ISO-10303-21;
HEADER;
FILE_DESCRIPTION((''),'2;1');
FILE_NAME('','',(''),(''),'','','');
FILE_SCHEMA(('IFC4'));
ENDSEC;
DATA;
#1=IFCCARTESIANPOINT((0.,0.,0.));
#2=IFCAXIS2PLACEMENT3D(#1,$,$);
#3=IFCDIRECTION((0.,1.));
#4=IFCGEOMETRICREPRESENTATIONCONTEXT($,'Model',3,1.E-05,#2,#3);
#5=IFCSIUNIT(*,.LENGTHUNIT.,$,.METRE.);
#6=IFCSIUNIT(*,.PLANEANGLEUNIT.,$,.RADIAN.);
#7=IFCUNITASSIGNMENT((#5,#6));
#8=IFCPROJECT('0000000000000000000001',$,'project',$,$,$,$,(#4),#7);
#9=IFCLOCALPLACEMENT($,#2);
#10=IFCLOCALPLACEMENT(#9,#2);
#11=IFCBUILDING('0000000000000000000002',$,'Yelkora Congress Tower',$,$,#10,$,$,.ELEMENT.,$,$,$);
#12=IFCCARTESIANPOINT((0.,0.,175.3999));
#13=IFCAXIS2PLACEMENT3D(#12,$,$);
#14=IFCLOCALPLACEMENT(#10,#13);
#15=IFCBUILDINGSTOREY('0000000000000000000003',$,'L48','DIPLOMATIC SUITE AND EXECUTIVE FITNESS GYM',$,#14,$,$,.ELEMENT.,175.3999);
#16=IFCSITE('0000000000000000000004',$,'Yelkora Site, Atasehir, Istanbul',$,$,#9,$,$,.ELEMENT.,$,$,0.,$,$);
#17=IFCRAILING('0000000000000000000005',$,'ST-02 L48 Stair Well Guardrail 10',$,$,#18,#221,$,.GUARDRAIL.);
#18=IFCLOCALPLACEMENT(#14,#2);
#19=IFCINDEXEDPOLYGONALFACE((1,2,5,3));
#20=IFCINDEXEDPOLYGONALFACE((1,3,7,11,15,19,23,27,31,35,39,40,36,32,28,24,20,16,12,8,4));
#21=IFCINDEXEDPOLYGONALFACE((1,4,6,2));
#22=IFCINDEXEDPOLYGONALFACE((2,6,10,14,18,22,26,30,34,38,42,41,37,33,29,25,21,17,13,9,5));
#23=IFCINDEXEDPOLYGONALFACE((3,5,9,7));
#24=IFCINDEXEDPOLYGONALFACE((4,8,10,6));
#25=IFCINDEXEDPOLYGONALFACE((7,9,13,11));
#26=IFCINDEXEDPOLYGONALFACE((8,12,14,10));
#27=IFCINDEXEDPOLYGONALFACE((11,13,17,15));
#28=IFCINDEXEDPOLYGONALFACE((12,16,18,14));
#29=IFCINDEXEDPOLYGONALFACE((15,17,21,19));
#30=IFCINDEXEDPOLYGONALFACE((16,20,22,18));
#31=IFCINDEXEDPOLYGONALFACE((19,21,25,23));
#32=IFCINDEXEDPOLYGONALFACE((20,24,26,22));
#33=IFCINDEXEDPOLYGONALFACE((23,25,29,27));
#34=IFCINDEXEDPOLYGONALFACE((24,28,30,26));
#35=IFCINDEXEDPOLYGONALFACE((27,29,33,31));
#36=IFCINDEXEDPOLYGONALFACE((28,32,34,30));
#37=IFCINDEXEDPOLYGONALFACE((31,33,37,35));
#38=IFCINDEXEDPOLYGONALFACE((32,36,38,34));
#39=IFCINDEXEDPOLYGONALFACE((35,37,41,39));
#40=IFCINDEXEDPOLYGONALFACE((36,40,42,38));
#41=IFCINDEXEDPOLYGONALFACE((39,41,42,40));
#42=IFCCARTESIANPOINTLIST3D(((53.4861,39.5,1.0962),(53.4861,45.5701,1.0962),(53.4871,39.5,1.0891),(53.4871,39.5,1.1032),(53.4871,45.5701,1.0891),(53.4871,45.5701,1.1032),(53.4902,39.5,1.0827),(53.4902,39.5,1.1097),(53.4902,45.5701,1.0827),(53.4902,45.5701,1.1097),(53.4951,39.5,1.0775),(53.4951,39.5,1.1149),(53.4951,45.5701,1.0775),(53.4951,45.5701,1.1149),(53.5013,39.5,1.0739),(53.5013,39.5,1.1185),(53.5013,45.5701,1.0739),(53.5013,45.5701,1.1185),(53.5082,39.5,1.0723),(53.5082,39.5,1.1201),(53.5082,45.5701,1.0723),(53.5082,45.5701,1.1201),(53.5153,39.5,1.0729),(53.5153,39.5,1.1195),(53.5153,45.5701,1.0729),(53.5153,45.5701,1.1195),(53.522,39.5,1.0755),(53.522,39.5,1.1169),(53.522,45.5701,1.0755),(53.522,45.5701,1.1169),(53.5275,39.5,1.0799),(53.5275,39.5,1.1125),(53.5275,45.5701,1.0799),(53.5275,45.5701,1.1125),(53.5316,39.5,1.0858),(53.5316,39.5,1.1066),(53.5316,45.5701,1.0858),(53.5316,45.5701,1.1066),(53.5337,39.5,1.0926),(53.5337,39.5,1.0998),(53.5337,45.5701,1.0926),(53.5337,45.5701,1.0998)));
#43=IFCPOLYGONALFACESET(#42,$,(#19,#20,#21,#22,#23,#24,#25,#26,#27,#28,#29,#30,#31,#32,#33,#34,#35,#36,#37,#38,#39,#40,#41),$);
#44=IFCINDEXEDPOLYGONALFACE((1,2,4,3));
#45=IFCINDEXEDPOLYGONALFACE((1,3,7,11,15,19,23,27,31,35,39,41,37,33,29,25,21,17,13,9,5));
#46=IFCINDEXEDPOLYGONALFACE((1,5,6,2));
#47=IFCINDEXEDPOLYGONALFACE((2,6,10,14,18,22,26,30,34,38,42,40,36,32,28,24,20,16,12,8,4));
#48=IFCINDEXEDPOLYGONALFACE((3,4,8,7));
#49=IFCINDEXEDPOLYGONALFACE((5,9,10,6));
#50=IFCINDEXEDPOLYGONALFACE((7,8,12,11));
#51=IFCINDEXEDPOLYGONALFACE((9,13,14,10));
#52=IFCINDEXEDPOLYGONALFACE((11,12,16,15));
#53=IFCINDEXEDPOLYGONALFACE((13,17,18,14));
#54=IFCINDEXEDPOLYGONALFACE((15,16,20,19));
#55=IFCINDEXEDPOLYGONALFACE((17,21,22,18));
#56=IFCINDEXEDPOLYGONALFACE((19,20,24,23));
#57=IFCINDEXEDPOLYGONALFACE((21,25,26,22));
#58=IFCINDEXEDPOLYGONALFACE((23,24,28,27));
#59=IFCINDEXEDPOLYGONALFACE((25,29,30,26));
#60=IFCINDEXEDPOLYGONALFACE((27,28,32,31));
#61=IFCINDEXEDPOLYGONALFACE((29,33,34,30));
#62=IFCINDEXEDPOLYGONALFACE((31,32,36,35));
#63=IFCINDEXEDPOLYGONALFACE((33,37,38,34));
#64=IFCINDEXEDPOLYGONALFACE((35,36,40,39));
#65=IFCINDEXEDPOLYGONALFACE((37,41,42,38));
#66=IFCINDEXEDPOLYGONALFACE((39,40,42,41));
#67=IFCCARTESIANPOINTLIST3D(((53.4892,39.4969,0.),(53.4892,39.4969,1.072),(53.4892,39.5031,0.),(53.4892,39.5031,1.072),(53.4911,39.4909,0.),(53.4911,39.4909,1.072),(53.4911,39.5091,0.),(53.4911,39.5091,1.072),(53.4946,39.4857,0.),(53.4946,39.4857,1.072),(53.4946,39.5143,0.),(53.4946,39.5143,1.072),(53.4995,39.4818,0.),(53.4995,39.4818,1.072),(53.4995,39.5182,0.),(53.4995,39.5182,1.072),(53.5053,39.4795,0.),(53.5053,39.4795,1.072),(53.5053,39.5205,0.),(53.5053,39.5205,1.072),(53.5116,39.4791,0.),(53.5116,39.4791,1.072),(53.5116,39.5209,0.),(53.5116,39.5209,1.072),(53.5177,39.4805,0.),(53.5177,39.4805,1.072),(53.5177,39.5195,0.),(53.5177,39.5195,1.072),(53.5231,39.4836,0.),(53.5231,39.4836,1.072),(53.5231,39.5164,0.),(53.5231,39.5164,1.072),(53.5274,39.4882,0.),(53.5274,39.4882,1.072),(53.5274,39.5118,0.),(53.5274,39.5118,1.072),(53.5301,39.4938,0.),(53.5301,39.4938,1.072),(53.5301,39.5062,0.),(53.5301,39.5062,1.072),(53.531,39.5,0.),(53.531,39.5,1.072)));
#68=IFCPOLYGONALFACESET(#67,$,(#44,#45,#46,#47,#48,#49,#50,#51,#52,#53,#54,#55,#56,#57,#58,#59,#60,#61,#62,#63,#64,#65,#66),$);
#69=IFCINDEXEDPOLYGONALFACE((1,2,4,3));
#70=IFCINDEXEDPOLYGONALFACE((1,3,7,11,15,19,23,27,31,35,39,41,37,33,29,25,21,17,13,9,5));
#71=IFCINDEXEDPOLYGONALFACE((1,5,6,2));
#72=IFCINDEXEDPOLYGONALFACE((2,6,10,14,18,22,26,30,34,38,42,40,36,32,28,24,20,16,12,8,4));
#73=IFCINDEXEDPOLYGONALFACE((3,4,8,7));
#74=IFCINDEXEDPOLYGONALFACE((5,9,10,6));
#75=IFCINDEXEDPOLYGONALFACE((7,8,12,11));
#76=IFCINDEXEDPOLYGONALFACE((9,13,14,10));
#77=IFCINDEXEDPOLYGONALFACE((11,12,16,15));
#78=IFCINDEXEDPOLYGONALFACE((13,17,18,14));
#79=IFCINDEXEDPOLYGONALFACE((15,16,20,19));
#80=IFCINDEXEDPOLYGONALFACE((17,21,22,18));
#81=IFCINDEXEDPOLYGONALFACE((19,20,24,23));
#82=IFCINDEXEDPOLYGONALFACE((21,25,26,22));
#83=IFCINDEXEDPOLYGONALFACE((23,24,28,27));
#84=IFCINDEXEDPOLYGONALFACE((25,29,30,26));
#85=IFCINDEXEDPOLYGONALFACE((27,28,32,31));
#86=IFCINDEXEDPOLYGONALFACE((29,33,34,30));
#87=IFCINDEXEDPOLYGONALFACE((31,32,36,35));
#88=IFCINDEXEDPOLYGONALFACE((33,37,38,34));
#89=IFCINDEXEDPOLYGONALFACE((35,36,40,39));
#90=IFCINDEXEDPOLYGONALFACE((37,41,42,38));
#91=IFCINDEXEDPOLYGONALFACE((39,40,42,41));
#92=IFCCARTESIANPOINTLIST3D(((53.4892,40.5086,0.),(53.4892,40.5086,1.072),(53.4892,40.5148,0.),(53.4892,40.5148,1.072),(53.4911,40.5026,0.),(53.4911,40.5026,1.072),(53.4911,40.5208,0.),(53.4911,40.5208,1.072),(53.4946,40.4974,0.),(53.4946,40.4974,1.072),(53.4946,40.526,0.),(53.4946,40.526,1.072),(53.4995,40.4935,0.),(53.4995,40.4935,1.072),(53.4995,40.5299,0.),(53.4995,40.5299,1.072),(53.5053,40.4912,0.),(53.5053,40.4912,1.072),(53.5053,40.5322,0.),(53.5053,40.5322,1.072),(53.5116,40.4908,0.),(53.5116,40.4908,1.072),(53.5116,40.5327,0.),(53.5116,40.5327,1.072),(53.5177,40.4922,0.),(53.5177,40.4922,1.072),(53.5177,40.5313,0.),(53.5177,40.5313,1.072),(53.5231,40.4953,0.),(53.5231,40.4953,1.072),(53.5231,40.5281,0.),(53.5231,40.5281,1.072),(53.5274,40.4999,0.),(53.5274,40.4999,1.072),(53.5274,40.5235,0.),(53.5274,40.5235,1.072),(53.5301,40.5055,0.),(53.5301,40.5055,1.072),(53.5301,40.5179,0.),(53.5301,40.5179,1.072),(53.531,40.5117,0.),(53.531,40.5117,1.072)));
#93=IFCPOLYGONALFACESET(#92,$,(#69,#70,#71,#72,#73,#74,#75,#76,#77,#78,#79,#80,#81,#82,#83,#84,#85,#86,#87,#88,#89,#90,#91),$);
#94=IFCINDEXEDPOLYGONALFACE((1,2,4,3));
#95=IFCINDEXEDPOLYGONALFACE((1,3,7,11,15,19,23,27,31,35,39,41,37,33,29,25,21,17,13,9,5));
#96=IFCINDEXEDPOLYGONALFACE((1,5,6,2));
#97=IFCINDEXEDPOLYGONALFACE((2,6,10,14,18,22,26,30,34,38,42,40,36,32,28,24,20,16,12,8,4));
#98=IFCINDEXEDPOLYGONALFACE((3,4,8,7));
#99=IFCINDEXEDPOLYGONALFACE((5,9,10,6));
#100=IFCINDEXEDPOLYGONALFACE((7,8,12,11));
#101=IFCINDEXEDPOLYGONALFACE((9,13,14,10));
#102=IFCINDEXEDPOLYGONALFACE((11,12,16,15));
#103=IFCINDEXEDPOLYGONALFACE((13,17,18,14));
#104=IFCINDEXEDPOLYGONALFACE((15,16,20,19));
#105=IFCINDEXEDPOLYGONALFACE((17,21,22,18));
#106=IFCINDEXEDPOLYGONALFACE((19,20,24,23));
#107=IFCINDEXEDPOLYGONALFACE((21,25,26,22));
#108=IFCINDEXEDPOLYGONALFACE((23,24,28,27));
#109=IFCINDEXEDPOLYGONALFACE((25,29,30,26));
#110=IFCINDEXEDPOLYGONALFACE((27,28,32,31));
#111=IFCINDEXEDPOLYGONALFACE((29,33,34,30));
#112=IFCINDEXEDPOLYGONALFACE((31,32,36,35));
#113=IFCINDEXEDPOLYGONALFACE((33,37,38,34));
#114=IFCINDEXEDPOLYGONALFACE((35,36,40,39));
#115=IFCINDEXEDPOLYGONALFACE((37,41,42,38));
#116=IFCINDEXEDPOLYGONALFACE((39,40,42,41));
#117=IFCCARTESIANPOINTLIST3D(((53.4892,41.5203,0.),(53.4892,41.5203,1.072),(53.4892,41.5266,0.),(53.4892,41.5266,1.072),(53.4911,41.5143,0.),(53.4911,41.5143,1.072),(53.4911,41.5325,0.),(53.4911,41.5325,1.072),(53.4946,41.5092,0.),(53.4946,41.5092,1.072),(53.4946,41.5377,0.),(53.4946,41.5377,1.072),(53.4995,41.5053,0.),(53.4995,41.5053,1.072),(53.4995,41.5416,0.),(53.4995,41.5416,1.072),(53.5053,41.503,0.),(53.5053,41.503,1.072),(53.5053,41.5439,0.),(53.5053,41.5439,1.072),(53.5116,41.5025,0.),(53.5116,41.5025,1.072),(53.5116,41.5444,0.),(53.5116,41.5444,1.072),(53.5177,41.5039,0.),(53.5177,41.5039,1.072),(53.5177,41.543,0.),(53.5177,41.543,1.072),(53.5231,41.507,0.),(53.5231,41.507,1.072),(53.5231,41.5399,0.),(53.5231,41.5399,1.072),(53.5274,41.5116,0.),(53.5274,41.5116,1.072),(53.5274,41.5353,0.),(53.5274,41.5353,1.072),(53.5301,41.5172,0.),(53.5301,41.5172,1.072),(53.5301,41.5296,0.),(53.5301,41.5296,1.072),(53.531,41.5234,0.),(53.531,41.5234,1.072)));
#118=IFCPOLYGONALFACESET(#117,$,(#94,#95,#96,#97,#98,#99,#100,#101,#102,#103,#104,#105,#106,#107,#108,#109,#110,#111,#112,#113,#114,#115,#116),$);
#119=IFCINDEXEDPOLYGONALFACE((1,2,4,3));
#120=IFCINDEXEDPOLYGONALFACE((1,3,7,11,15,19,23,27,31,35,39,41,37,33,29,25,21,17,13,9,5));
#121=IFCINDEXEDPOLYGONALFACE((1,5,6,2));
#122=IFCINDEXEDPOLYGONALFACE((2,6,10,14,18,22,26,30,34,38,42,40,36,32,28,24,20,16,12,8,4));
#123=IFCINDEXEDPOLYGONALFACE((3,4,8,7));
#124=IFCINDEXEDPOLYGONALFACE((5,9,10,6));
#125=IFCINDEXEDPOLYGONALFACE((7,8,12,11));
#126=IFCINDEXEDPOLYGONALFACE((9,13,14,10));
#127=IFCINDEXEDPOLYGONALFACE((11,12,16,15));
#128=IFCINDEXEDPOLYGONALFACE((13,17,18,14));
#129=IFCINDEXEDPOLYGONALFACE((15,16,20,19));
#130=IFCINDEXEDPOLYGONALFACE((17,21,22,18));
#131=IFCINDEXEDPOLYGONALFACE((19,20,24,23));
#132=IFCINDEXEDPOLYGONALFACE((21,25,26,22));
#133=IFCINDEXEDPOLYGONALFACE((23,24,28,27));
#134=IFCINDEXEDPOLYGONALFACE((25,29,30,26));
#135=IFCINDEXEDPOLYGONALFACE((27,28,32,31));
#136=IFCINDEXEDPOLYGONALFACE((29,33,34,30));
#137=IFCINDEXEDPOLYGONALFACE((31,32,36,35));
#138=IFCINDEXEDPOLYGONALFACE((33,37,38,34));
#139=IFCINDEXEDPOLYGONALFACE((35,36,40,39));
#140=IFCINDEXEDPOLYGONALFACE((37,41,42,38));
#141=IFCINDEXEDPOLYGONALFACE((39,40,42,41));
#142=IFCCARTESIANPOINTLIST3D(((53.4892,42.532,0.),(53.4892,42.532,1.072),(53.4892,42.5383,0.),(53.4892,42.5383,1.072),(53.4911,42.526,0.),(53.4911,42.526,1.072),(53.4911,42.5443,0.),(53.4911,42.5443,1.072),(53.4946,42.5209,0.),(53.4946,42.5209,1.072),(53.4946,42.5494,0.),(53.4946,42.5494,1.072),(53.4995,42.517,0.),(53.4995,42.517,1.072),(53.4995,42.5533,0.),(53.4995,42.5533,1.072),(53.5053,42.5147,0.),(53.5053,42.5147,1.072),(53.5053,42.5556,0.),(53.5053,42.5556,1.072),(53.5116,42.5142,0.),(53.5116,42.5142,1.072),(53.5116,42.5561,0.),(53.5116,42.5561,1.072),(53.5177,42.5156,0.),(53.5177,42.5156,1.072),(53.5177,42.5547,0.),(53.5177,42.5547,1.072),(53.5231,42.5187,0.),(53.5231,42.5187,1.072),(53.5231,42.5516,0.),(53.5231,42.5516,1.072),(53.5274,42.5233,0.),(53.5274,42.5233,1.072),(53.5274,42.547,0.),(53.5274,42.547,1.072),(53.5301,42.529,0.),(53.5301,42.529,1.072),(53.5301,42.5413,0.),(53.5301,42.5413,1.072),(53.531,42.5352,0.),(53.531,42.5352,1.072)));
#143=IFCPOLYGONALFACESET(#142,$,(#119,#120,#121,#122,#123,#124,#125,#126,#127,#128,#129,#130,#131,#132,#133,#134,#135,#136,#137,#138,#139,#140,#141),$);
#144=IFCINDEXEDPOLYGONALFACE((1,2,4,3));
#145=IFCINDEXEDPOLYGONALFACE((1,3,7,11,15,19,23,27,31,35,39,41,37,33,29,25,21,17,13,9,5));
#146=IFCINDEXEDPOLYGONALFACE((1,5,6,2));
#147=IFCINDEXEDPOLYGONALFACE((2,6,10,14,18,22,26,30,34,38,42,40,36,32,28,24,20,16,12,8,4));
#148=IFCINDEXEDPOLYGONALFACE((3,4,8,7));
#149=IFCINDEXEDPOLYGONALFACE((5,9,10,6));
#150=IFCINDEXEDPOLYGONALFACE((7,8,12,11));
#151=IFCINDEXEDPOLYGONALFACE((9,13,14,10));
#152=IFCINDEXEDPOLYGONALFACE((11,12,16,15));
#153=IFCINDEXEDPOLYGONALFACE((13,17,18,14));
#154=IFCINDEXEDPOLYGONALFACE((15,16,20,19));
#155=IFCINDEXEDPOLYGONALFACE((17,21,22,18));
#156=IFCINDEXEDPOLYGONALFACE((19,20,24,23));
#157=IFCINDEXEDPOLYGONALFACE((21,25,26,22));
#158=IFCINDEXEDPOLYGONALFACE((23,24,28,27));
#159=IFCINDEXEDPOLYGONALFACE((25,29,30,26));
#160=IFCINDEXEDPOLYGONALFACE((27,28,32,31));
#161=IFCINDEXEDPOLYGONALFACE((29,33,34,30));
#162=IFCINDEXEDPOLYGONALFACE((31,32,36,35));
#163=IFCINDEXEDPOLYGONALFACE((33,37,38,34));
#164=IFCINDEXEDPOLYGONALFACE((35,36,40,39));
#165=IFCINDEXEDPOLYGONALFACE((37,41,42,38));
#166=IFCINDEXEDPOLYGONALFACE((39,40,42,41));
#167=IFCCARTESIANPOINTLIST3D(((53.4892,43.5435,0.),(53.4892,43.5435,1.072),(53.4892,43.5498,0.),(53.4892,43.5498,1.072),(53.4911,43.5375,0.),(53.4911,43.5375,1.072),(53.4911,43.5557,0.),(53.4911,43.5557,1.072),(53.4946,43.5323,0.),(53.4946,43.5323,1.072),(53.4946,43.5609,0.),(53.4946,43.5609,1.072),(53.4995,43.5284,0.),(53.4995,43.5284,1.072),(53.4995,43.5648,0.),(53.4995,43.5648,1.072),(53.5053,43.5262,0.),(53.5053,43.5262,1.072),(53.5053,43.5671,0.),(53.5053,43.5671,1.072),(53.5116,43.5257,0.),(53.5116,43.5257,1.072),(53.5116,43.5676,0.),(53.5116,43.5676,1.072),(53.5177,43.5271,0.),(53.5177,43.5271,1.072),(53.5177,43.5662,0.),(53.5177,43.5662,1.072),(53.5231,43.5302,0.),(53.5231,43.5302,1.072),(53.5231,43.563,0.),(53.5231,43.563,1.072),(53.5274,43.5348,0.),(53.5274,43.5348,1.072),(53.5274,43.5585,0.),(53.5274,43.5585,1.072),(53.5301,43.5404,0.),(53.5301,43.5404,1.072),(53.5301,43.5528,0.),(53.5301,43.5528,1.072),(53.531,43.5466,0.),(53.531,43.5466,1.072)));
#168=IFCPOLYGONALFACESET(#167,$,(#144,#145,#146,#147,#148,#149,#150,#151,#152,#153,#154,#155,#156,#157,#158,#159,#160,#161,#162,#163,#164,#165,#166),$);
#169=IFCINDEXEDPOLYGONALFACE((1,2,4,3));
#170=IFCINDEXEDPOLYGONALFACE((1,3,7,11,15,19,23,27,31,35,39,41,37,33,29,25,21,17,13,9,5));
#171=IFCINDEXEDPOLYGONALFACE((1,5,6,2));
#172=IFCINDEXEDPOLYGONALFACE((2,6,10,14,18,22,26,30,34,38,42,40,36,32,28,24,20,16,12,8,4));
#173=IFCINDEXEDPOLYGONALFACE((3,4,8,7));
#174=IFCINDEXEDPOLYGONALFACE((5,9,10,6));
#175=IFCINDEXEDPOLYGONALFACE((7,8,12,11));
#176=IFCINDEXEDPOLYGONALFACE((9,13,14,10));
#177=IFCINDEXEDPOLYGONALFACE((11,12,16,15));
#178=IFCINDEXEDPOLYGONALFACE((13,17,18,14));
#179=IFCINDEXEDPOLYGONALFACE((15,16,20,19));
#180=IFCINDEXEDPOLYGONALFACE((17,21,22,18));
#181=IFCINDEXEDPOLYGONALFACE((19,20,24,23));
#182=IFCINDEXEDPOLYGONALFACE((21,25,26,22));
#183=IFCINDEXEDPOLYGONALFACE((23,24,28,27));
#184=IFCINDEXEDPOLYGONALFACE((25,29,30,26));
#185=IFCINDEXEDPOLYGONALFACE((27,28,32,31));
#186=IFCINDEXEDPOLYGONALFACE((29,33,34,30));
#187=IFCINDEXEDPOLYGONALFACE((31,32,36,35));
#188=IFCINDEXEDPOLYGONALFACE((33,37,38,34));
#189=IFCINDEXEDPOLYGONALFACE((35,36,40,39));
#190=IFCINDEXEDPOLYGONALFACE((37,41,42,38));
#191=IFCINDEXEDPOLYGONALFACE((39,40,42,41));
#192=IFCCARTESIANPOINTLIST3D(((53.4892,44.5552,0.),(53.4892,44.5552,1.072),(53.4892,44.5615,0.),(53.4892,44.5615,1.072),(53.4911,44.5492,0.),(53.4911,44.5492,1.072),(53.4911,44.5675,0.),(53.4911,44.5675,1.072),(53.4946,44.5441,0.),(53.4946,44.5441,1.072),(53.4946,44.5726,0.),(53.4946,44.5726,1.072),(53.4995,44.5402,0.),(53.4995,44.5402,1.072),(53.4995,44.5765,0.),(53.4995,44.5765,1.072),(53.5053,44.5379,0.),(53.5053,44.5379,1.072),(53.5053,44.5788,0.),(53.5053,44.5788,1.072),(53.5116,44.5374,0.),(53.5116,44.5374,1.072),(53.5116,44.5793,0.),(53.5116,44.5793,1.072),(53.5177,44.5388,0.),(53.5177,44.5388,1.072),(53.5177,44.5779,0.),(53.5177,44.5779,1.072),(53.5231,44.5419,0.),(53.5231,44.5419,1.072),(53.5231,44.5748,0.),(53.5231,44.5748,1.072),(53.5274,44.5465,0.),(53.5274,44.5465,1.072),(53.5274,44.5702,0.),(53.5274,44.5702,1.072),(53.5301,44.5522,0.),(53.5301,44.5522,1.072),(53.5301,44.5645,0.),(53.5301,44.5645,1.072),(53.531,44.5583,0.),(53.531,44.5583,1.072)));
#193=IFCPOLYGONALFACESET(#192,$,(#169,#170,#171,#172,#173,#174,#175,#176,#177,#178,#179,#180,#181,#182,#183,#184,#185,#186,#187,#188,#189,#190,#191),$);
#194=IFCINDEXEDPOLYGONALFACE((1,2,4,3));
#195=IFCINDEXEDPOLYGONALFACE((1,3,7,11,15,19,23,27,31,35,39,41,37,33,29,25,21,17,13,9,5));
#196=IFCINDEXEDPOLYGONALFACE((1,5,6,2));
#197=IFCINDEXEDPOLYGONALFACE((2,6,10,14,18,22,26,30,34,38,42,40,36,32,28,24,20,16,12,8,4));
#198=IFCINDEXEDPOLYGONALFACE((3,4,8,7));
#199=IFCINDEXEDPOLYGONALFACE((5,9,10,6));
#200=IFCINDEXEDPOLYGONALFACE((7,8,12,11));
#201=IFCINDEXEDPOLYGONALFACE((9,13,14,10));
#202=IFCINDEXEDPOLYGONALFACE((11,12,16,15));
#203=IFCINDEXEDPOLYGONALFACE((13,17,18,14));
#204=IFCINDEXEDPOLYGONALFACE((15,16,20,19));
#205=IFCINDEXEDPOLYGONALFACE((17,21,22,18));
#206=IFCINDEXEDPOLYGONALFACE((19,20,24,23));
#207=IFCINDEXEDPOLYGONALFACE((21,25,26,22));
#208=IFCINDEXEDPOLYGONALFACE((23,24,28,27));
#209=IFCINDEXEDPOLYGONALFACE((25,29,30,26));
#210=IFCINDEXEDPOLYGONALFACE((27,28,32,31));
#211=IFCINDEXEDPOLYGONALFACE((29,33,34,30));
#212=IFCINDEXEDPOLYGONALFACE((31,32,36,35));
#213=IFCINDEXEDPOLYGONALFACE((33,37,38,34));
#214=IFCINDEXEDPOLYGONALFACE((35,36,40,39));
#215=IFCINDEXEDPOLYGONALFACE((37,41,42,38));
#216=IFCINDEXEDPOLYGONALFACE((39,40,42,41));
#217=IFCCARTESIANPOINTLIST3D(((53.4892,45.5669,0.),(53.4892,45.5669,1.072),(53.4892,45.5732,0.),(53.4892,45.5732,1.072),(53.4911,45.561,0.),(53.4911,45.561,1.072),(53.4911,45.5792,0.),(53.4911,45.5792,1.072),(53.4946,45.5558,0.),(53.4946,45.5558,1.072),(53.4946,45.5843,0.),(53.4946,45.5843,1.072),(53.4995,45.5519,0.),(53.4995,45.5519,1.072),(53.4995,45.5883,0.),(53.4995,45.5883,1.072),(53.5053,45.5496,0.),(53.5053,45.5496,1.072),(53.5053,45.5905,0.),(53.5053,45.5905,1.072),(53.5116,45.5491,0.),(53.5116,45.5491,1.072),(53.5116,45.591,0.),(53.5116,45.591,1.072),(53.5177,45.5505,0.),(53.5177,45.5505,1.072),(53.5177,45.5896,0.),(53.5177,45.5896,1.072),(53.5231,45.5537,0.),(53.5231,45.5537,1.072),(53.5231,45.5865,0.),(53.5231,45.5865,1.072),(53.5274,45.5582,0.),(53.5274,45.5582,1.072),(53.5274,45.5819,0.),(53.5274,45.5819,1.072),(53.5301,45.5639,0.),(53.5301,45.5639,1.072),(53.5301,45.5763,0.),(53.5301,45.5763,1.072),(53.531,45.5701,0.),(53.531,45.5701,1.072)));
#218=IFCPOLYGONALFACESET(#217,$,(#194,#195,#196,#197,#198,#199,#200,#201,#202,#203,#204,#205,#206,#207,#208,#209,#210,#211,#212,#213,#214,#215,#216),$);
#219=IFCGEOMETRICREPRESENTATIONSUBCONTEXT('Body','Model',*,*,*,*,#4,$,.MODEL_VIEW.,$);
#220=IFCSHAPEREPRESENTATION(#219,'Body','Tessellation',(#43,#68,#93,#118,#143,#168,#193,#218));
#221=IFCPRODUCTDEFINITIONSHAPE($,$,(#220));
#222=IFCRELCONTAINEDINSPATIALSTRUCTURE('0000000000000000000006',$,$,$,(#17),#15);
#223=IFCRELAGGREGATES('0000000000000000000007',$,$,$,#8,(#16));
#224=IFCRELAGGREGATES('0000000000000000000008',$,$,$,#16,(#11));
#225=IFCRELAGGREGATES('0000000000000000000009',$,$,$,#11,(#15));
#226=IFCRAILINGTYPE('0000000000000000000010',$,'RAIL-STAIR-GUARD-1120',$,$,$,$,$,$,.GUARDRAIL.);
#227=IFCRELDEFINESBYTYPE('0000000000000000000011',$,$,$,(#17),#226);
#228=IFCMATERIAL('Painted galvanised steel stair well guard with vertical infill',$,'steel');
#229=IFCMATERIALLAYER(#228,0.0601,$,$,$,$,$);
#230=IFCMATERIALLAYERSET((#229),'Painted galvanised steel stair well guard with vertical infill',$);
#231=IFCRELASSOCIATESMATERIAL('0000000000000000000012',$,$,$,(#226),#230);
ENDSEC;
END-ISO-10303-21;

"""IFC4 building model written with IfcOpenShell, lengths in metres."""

from ifc_helpers import new_model, si_unit, direction, frame, origin, origin_2d, place, context, subcontext, project, spatial, circle, extrude, material, layer, layer_set, type_object, element, save


model = new_model("IFC4")

# Units and contexts
model_context = context("Model", 3, precision=1e-05, world=origin(), true_north=direction((0.0, 1.0)))
body_context = subcontext(model_context, "Body", "Model", "MODEL_VIEW")
ifc_project = project(units=[si_unit("LENGTHUNIT", "METRE"), si_unit("PLANEANGLEUNIT", "RADIAN")], contexts=[model_context])

# Site, building, storey
site_placement = place(None, origin())
site = spatial("IfcSite", under=ifc_project, at=site_placement, Name="Yelkora Site, Atasehir, Istanbul", CompositionType="ELEMENT", RefElevation=0.0)
building_placement = place(site_placement, origin())
building = spatial("IfcBuilding", under=site, at=building_placement, Name="Yelkora Congress Tower", CompositionType="ELEMENT")
storey_placement = place(building_placement, frame((0.0, 0.0, 175.3999)))
storey = spatial("IfcBuildingStorey", under=building, at=storey_placement, Name="L48", Description="DIPLOMATIC SUITE AND EXECUTIVE FITNESS GYM", CompositionType="ELEMENT", Elevation=175.3999)

# Railing
ifc_material_1 = material(Name="Painted galvanised steel stair well guard with vertical infill", Category="steel")
ifc_layer_1 = layer(ifc_material_1, 0.0601)
ifc_layer_set_1 = layer_set([ifc_layer_1], Name="Painted galvanised steel stair well guard with vertical infill")
railing_type_1 = type_object("IfcRailingType", Name="RAIL-STAIR-GUARD-1120", PredefinedType="GUARDRAIL", material=ifc_layer_set_1)
railing_1_placement = place(storey_placement, frame((53.51, 39.5, 0.0)))
element("IfcRailing", 1, at=railing_1_placement, inside=storey, type_object=railing_type_1, Name="ST-02 L48 Stair Well Guardrail 10", PredefinedType="GUARDRAIL", context=body_context, shape_type="SweptSolid", body=[
    extrude(circle(Radius=0.0239, at=origin_2d()), frame((0.0, 0.0, 1.0962), z_axis=(0.0, 1.0, 0.0), x_axis=(-1.0, 0.0, 0.0)), (0.0, 0.0, 1.0), 6.0701),
    extrude(circle(Radius=0.021, at=origin_2d()), origin(), (0.0, 0.0, 1.0), 1.072),
    extrude(circle(Radius=0.021, at=origin_2d()), frame((0.0, 1.0117, 0.0)), (0.0, 0.0, 1.0), 1.072),
    extrude(circle(Radius=0.021, at=origin_2d()), frame((0.0, 2.0234, 0.0)), (0.0, 0.0, 1.0), 1.072),
    extrude(circle(Radius=0.021, at=origin_2d()), frame((0.0, 3.0352, 0.0)), (0.0, 0.0, 1.0), 1.072),
    extrude(circle(Radius=0.021, at=origin_2d()), frame((0.0, 4.0466, 0.0)), (0.0, 0.0, 1.0), 1.072),
    extrude(circle(Radius=0.021, at=origin_2d()), frame((0.0, 5.0583, 0.0)), (0.0, 0.0, 1.0), 1.072),
    extrude(circle(Radius=0.021, at=origin_2d()), frame((0.0, 6.0701, 0.0)), (0.0, 0.0, 1.0), 1.072),
])

save(model, "model.ifc")
